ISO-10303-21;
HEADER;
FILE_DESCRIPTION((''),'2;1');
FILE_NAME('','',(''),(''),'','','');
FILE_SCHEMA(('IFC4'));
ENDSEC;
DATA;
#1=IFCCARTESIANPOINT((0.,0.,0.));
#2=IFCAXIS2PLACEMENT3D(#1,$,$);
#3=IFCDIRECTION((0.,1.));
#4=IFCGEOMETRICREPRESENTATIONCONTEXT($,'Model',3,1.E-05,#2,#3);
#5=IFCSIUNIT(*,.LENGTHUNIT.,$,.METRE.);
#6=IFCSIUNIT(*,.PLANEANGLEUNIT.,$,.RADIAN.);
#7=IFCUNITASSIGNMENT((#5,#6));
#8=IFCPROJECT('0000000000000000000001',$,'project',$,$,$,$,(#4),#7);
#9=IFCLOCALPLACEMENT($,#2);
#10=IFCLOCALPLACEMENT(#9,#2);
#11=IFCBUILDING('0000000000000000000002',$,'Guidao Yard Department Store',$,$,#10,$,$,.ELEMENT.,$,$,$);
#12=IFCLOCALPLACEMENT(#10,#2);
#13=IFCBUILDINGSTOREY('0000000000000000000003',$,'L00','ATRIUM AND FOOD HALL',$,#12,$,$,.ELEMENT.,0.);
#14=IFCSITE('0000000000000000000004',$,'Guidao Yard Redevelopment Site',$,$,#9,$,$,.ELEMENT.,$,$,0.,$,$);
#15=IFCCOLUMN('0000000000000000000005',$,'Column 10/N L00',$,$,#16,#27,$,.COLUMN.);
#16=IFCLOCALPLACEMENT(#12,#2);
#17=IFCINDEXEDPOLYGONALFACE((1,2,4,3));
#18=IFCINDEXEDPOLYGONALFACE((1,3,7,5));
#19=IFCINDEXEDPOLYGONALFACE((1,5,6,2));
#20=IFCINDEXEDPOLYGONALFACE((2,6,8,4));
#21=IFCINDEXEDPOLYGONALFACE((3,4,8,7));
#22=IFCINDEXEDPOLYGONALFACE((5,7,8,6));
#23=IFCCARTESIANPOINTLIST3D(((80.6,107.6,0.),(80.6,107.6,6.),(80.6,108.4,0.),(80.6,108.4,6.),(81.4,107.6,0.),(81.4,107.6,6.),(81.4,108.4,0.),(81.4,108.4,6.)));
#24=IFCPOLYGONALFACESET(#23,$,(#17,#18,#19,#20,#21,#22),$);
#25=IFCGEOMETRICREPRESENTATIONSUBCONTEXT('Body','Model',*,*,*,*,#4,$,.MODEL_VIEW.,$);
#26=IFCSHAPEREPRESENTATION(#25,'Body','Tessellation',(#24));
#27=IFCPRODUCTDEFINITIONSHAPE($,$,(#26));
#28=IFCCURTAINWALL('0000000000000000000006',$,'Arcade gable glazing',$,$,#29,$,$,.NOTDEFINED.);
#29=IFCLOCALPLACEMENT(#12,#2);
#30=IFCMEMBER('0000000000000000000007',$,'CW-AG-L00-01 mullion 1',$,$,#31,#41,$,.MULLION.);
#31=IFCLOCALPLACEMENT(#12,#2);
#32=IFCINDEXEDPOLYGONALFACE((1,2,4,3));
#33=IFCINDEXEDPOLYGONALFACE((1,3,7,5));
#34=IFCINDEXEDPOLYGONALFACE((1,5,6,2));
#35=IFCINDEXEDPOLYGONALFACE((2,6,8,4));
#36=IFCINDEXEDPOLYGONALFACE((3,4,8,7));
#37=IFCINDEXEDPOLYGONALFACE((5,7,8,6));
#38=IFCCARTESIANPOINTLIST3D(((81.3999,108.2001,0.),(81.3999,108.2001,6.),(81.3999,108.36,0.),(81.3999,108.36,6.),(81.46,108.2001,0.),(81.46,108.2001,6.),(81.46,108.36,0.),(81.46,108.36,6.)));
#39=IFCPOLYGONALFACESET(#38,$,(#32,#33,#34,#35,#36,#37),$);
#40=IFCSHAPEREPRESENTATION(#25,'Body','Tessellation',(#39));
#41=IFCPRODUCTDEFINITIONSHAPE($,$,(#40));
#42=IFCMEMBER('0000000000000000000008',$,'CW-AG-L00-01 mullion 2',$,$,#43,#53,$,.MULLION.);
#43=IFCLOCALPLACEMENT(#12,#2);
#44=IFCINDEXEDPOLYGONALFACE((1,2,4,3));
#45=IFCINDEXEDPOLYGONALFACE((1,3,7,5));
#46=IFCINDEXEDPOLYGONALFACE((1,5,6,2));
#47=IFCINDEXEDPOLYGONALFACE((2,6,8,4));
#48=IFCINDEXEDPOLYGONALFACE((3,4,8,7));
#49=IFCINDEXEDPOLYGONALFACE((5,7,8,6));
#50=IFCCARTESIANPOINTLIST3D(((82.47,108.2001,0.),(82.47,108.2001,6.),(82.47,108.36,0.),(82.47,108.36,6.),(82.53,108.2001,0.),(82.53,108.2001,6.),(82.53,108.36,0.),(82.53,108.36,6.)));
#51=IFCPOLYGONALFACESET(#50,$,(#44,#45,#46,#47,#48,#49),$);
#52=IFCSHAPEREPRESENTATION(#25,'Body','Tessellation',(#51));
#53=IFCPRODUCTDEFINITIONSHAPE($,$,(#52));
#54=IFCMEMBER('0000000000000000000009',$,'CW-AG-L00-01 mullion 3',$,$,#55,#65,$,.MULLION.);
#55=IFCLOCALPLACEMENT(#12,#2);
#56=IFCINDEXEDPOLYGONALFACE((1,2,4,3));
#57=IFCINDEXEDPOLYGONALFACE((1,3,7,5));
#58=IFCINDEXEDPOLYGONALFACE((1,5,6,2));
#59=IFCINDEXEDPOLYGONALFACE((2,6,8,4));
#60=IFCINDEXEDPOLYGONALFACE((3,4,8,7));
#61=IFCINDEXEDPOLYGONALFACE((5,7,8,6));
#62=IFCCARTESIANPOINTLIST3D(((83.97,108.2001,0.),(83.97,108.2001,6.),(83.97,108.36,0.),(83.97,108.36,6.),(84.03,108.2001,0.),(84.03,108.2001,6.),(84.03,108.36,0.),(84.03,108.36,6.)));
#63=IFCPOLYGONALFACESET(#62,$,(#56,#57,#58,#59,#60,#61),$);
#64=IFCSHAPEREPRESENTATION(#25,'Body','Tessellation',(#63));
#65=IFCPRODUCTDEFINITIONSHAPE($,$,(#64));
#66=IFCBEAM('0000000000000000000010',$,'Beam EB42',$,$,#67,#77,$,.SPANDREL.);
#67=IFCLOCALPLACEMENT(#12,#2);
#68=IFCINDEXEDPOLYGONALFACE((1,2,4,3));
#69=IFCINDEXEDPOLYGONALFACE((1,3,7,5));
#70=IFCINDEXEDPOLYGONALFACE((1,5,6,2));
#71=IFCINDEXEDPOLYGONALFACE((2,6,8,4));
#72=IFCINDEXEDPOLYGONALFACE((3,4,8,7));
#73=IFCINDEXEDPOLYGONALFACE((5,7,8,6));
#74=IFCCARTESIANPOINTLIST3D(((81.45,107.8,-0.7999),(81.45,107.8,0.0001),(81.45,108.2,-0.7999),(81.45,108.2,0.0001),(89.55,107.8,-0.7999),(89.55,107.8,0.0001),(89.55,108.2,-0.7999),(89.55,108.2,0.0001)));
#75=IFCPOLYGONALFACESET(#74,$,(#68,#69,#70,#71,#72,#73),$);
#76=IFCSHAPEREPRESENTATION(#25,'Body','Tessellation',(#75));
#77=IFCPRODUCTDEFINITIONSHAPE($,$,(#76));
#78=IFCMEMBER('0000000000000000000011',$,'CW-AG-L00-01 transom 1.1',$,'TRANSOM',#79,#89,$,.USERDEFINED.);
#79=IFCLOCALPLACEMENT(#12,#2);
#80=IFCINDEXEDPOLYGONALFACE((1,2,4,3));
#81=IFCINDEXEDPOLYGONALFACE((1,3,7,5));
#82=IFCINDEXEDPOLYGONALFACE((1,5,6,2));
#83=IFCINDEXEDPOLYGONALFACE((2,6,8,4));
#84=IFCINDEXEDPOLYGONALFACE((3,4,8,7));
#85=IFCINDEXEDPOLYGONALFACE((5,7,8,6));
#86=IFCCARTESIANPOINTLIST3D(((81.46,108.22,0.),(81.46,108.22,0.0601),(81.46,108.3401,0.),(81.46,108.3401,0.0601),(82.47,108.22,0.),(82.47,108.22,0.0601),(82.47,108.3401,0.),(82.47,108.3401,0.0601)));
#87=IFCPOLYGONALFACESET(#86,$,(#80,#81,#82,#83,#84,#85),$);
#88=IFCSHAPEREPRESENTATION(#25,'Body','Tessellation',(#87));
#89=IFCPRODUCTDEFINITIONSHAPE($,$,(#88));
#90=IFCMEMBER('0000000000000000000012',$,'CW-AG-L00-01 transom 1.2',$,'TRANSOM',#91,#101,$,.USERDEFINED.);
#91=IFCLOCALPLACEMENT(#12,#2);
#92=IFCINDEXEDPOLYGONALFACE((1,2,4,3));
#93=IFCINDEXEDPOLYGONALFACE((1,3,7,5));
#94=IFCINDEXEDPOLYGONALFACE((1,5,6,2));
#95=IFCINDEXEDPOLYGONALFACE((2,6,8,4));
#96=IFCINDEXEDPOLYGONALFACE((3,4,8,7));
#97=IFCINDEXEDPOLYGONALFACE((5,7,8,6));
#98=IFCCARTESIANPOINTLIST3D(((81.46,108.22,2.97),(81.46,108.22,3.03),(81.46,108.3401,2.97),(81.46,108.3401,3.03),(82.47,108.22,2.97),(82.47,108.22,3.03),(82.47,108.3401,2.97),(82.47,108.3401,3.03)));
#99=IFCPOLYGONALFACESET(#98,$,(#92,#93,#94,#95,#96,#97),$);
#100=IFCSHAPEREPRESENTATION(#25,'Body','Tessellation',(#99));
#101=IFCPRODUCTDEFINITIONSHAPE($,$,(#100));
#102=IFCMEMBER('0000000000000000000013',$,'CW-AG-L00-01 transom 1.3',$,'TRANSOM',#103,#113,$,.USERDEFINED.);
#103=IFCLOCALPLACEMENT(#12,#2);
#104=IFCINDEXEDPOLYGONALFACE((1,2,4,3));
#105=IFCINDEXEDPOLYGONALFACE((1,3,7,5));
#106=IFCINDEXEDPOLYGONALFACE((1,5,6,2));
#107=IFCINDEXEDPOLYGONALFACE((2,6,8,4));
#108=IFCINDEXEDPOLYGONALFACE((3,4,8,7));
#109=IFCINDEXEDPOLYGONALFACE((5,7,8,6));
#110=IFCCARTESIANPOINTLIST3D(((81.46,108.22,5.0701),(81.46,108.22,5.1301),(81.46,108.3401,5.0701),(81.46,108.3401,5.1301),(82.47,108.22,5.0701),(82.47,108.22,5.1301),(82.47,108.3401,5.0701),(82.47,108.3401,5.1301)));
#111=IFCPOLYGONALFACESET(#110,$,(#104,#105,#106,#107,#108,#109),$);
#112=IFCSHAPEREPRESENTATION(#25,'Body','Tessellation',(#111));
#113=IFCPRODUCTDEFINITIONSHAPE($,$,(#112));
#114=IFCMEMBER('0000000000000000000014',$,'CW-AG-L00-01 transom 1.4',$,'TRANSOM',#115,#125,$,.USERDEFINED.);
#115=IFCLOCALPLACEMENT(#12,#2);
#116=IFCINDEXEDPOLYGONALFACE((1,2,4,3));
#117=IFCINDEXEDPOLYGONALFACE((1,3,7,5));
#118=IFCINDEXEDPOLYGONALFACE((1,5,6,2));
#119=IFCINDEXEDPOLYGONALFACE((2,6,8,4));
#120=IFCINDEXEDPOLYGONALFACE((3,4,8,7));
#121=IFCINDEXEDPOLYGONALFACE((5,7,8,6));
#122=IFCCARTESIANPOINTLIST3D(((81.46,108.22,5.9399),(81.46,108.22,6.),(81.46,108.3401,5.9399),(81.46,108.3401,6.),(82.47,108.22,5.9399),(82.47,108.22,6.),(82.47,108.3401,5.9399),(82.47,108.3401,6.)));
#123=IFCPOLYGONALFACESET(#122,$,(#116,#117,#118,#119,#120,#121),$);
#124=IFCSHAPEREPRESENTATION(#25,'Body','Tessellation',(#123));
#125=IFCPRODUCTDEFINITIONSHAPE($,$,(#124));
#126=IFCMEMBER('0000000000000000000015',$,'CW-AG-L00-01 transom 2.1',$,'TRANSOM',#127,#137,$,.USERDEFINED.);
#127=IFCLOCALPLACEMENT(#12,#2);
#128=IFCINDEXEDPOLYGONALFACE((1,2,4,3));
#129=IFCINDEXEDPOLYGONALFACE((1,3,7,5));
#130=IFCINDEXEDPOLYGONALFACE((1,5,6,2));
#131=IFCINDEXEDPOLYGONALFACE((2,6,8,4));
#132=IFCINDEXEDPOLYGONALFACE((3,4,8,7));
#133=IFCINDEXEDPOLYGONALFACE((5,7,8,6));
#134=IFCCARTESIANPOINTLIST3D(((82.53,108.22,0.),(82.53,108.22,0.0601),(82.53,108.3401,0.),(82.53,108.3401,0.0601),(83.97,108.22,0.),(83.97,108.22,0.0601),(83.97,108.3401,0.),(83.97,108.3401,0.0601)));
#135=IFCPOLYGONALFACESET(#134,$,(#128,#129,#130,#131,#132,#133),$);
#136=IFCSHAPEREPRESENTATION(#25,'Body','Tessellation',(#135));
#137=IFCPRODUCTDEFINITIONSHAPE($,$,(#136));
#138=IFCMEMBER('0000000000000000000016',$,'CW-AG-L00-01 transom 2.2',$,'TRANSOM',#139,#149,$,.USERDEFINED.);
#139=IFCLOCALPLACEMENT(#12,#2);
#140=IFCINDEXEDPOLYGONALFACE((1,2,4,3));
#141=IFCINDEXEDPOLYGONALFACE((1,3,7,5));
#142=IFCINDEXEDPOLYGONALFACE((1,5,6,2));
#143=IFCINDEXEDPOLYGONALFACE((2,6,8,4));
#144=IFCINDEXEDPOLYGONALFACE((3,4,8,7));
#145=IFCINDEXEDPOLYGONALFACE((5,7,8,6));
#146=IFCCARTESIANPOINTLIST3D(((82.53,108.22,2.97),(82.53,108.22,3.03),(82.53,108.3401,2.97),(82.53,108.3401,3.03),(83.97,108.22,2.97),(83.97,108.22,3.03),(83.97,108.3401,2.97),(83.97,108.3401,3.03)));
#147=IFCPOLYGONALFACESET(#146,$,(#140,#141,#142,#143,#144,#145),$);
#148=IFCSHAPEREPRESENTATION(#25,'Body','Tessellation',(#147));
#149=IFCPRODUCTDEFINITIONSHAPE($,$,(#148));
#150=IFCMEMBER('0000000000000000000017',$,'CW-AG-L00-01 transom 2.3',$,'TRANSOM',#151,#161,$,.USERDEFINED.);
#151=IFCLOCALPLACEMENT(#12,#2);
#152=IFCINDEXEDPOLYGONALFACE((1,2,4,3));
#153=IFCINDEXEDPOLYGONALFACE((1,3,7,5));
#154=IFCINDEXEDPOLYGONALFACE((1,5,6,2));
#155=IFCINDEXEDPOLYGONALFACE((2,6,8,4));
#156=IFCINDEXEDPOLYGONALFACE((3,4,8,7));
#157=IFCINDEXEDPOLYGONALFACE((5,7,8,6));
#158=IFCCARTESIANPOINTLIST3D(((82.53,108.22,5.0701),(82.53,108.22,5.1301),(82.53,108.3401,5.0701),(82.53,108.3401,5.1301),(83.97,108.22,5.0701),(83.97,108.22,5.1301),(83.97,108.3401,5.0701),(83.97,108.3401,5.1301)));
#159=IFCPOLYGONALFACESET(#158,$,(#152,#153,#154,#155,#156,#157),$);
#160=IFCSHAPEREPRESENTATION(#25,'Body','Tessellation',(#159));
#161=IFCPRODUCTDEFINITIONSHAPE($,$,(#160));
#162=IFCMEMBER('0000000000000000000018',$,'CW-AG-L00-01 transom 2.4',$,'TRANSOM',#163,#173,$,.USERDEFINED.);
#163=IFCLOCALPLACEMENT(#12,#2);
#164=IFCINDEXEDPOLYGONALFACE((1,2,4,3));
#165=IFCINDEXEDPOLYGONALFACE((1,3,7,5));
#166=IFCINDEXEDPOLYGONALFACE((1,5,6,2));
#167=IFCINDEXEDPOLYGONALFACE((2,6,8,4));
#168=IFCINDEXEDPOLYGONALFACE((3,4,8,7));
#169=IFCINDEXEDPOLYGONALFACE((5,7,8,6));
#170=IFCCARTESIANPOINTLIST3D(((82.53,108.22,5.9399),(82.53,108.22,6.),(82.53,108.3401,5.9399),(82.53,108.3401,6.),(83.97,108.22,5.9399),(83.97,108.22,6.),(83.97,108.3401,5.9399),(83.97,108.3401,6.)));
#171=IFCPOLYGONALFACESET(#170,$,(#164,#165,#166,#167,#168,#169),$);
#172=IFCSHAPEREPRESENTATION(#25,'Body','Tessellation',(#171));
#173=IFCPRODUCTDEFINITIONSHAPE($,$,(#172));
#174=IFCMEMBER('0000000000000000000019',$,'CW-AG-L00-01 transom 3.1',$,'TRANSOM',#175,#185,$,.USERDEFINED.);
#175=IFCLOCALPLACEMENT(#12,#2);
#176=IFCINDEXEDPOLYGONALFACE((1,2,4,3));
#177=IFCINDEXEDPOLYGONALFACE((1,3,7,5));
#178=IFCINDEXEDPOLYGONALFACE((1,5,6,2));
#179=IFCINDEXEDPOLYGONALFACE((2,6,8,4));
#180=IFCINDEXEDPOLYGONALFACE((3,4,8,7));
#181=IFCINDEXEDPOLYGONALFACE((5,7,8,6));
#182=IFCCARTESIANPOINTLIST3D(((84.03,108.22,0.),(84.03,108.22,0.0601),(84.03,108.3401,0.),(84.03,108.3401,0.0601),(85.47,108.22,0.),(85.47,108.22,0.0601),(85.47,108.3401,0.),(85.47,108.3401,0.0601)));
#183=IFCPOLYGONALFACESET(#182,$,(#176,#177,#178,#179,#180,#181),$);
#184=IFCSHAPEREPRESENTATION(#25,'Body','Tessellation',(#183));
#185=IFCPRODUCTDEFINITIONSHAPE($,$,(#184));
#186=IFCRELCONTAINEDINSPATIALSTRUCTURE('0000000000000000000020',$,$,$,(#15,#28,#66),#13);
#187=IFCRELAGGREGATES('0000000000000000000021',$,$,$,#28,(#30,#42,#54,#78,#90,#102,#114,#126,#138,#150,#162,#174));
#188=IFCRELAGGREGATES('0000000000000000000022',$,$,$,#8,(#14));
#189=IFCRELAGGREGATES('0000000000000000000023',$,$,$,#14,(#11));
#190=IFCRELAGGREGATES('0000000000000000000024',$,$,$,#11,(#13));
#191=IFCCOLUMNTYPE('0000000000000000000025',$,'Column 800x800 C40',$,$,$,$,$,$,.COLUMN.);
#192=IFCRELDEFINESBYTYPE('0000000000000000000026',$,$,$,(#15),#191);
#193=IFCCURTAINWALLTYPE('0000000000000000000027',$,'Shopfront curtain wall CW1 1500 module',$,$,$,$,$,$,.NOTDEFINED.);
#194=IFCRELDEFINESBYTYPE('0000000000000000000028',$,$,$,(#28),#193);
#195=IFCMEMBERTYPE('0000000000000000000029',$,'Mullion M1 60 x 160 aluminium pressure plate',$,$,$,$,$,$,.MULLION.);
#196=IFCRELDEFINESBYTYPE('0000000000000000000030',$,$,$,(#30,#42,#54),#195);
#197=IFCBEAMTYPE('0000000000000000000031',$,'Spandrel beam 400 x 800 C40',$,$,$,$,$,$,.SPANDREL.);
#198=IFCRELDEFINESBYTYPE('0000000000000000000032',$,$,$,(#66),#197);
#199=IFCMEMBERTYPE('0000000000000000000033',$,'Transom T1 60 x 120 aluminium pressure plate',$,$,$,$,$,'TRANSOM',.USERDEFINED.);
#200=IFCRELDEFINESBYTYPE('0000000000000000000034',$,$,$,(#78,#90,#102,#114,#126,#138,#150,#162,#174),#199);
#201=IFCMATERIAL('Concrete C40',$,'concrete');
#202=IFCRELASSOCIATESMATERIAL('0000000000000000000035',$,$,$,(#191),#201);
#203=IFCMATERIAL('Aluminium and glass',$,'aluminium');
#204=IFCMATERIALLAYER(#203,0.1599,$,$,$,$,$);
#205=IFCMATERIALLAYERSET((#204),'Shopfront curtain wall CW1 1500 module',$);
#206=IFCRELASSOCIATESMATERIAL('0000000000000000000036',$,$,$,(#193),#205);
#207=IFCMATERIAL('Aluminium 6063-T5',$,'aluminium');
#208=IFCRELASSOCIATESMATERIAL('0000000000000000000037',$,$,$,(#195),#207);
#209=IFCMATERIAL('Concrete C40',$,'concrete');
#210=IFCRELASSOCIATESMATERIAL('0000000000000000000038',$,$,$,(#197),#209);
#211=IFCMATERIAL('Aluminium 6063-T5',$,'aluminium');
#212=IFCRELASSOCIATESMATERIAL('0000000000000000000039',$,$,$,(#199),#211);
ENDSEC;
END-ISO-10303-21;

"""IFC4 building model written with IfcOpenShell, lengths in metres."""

from ifc_helpers import new_model, si_unit, direction, frame, origin, origin_2d, place, context, subcontext, project, spatial, rectangle, extrude, material, layer, layer_set, material_profile, profile_set, type_object, element, aggregate, save


model = new_model("IFC4")

# Units and contexts
model_context = context("Model", 3, precision=1e-05, world=origin(), true_north=direction((0.0, 1.0)))
body_context = subcontext(model_context, "Body", "Model", "MODEL_VIEW")
ifc_project = project(units=[si_unit("LENGTHUNIT", "METRE"), si_unit("PLANEANGLEUNIT", "RADIAN")], contexts=[model_context])

# Site, building, storey
site_placement = place(None, origin())
site = spatial("IfcSite", under=ifc_project, at=site_placement, Name="Guidao Yard Redevelopment Site", CompositionType="ELEMENT", RefElevation=0.0)
building_placement = place(site_placement, origin())
building = spatial("IfcBuilding", under=site, at=building_placement, Name="Guidao Yard Department Store", CompositionType="ELEMENT")
storey_placement = place(building_placement, origin())
storey = spatial("IfcBuildingStorey", under=building, at=storey_placement, Name="L00", Description="ATRIUM AND FOOD HALL", CompositionType="ELEMENT", Elevation=0.0)

# Column
ifc_material_1 = material(Name="Concrete C40", Category="concrete")
ifc_material_profile_1 = material_profile(ifc_material_1, rectangle(XDim=0.8, YDim=0.8, at=origin_2d()), Name="COL 800x800")
ifc_profile_set_1 = profile_set([ifc_material_profile_1], Name="Concrete C40")
column_type = type_object("IfcColumnType", Name="Column 800x800 C40", PredefinedType="COLUMN", material=ifc_profile_set_1)
column_placement = place(storey_placement, frame((81.0, 108.0, 0.0), z_axis=(0.0, 0.0, 1.0), x_axis=(1.0, 0.0, 0.0)))
element("IfcColumn", 1, at=column_placement, inside=storey, type_object=column_type, Name="Column 10/N L00", PredefinedType="COLUMN", context=body_context, shape_type="SweptSolid", body=[
    extrude(rectangle(XDim=0.8, YDim=0.8, at=origin_2d()), origin(), (0.0, 0.0, 1.0), 6.0),
])

# Curtain wall, members
ifc_material_2 = material(Name="Aluminium and glass", Category="aluminium")
ifc_layer_1 = layer(ifc_material_2, 0.1599)
ifc_layer_set_1 = layer_set([ifc_layer_1], Name="Shopfront curtain wall CW1 1500 module")
curtain_wall_type = type_object("IfcCurtainWallType", Name="Shopfront curtain wall CW1 1500 module", PredefinedType="NOTDEFINED", material=ifc_layer_set_1)
curtain_wall_placement = place(storey_placement, origin())
curtain_wall = element("IfcCurtainWall", 2, at=curtain_wall_placement, inside=storey, type_object=curtain_wall_type, Name="Arcade gable glazing", PredefinedType="NOTDEFINED")
ifc_material_3 = material(Name="Aluminium 6063-T5", Category="aluminium")
ifc_material_profile_2 = material_profile(ifc_material_3, rectangle(XDim=0.0601, YDim=0.1599, at=origin_2d()), Name="Mullion M1 60 x 160 aluminium pressure plate")
ifc_profile_set_2 = profile_set([ifc_material_profile_2], Name="Aluminium 6063-T5")
member_type_1 = type_object("IfcMemberType", Name="Mullion M1 60 x 160 aluminium pressure plate", PredefinedType="MULLION", material=ifc_profile_set_2)
member_1_placement = place(storey_placement, frame((81.4299, 108.28, 0.0), z_axis=(0.0, 0.0, 1.0), x_axis=(1.0, 0.0, 0.0)))
member_1 = element("IfcMember", 3, at=member_1_placement, type_object=member_type_1, Name="CW-AG-L00-01 mullion 1", PredefinedType="MULLION", context=body_context, shape_type="SweptSolid", body=[
    extrude(rectangle(XDim=0.0601, YDim=0.1599, at=origin_2d()), origin(), (0.0, 0.0, 1.0), 6.0),
])
member_2_placement = place(storey_placement, frame((82.5, 108.28, 0.0), z_axis=(0.0, 0.0, 1.0), x_axis=(1.0, 0.0, 0.0)))
member_2 = element("IfcMember", 4, at=member_2_placement, type_object=member_type_1, Name="CW-AG-L00-01 mullion 2", PredefinedType="MULLION", context=body_context, shape_type="SweptSolid", body=[
    extrude(rectangle(XDim=0.0601, YDim=0.1599, at=origin_2d()), origin(), (0.0, 0.0, 1.0), 6.0),
])
member_3_placement = place(storey_placement, frame((84.0, 108.28, 0.0), z_axis=(0.0, 0.0, 1.0), x_axis=(1.0, 0.0, 0.0)))
member_3 = element("IfcMember", 5, at=member_3_placement, type_object=member_type_1, Name="CW-AG-L00-01 mullion 3", PredefinedType="MULLION", context=body_context, shape_type="SweptSolid", body=[
    extrude(rectangle(XDim=0.0601, YDim=0.1599, at=origin_2d()), origin(), (0.0, 0.0, 1.0), 6.0),
])

# Beam
ifc_material_4 = material(Name="Concrete C40", Category="concrete")
ifc_material_profile_3 = material_profile(ifc_material_4, rectangle(XDim=0.3999, YDim=0.8, at=origin_2d()), Name="Spandrel beam 400 x 800 C40")
ifc_profile_set_3 = profile_set([ifc_material_profile_3], Name="Concrete C40")
beam_type = type_object("IfcBeamType", Name="Spandrel beam 400 x 800 C40", PredefinedType="SPANDREL", material=ifc_profile_set_3)
beam_placement = place(storey_placement, frame((81.45, 108.0, -0.3999), z_axis=(1.0, 0.0, 0.0), x_axis=(0.0, 1.0, 0.0)))
element("IfcBeam", 6, at=beam_placement, inside=storey, type_object=beam_type, Name="Beam EB42", PredefinedType="SPANDREL", context=body_context, shape_type="SweptSolid", body=[
    extrude(rectangle(XDim=0.3999, YDim=0.8, at=origin_2d()), origin(), (0.0, 0.0, 1.0), 8.1001),
])

# Members
ifc_material_5 = material(Name="Aluminium 6063-T5", Category="aluminium")
ifc_material_profile_4 = material_profile(ifc_material_5, rectangle(XDim=0.1201, YDim=0.0601, at=origin_2d()), Name="Transom T1 60 x 120 aluminium pressure plate")
ifc_profile_set_4 = profile_set([ifc_material_profile_4], Name="Aluminium 6063-T5")
member_type_2 = type_object("IfcMemberType", Name="Transom T1 60 x 120 aluminium pressure plate", ElementType="TRANSOM", PredefinedType="USERDEFINED", material=ifc_profile_set_4)
member_4_placement = place(storey_placement, frame((81.46, 108.28, 0.03), z_axis=(1.0, 0.0, 0.0), x_axis=(0.0, 1.0, 0.0)))
member_4 = element("IfcMember", 7, at=member_4_placement, type_object=member_type_2, Name="CW-AG-L00-01 transom 1.1", ObjectType="TRANSOM", PredefinedType="USERDEFINED", context=body_context, shape_type="SweptSolid", body=[
    extrude(rectangle(XDim=0.1201, YDim=0.0601, at=origin_2d()), origin(), (0.0, 0.0, 1.0), 1.01),
])
member_5_placement = place(storey_placement, frame((81.46, 108.28, 3.0), z_axis=(1.0, 0.0, 0.0), x_axis=(0.0, 1.0, 0.0)))
member_5 = element("IfcMember", 8, at=member_5_placement, type_object=member_type_2, Name="CW-AG-L00-01 transom 1.2", ObjectType="TRANSOM", PredefinedType="USERDEFINED", context=body_context, shape_type="SweptSolid", body=[
    extrude(rectangle(XDim=0.1201, YDim=0.0601, at=origin_2d()), origin(), (0.0, 0.0, 1.0), 1.01),
])
member_6_placement = place(storey_placement, frame((81.46, 108.28, 5.1001), z_axis=(1.0, 0.0, 0.0), x_axis=(0.0, 1.0, 0.0)))
member_6 = element("IfcMember", 9, at=member_6_placement, type_object=member_type_2, Name="CW-AG-L00-01 transom 1.3", ObjectType="TRANSOM", PredefinedType="USERDEFINED", context=body_context, shape_type="SweptSolid", body=[
    extrude(rectangle(XDim=0.1201, YDim=0.0601, at=origin_2d()), origin(), (0.0, 0.0, 1.0), 1.01),
])
member_7_placement = place(storey_placement, frame((81.46, 108.28, 5.97), z_axis=(1.0, 0.0, 0.0), x_axis=(0.0, 1.0, 0.0)))
member_7 = element("IfcMember", 10, at=member_7_placement, type_object=member_type_2, Name="CW-AG-L00-01 transom 1.4", ObjectType="TRANSOM", PredefinedType="USERDEFINED", context=body_context, shape_type="SweptSolid", body=[
    extrude(rectangle(XDim=0.1201, YDim=0.0601, at=origin_2d()), origin(), (0.0, 0.0, 1.0), 1.01),
])
member_8_placement = place(storey_placement, frame((82.53, 108.28, 0.03), z_axis=(1.0, 0.0, 0.0), x_axis=(0.0, 1.0, 0.0)))
member_8 = element("IfcMember", 11, at=member_8_placement, type_object=member_type_2, Name="CW-AG-L00-01 transom 2.1", ObjectType="TRANSOM", PredefinedType="USERDEFINED", context=body_context, shape_type="SweptSolid", body=[
    extrude(rectangle(XDim=0.1201, YDim=0.0601, at=origin_2d()), origin(), (0.0, 0.0, 1.0), 1.4399),
])
member_9_placement = place(storey_placement, frame((82.53, 108.28, 3.0), z_axis=(1.0, 0.0, 0.0), x_axis=(0.0, 1.0, 0.0)))
member_9 = element("IfcMember", 12, at=member_9_placement, type_object=member_type_2, Name="CW-AG-L00-01 transom 2.2", ObjectType="TRANSOM", PredefinedType="USERDEFINED", context=body_context, shape_type="SweptSolid", body=[
    extrude(rectangle(XDim=0.1201, YDim=0.0601, at=origin_2d()), origin(), (0.0, 0.0, 1.0), 1.4399),
])
member_10_placement = place(storey_placement, frame((82.53, 108.28, 5.1001), z_axis=(1.0, 0.0, 0.0), x_axis=(0.0, 1.0, 0.0)))
member_10 = element("IfcMember", 13, at=member_10_placement, type_object=member_type_2, Name="CW-AG-L00-01 transom 2.3", ObjectType="TRANSOM", PredefinedType="USERDEFINED", context=body_context, shape_type="SweptSolid", body=[
    extrude(rectangle(XDim=0.1201, YDim=0.0601, at=origin_2d()), origin(), (0.0, 0.0, 1.0), 1.4399),
])
member_11_placement = place(storey_placement, frame((82.53, 108.28, 5.97), z_axis=(1.0, 0.0, 0.0), x_axis=(0.0, 1.0, 0.0)))
member_11 = element("IfcMember", 14, at=member_11_placement, type_object=member_type_2, Name="CW-AG-L00-01 transom 2.4", ObjectType="TRANSOM", PredefinedType="USERDEFINED", context=body_context, shape_type="SweptSolid", body=[
    extrude(rectangle(XDim=0.1201, YDim=0.0601, at=origin_2d()), origin(), (0.0, 0.0, 1.0), 1.4399),
])
member_12_placement = place(storey_placement, frame((84.03, 108.28, 0.03), z_axis=(1.0, 0.0, 0.0), x_axis=(0.0, 1.0, 0.0)))
member_12 = element("IfcMember", 15, at=member_12_placement, type_object=member_type_2, Name="CW-AG-L00-01 transom 3.1", ObjectType="TRANSOM", PredefinedType="USERDEFINED", context=body_context, shape_type="SweptSolid", body=[
    extrude(rectangle(XDim=0.1201, YDim=0.0601, at=origin_2d()), origin(), (0.0, 0.0, 1.0), 1.4399),
])

aggregate(curtain_wall, [member_1, member_2, member_3, member_4, member_5, member_6, member_7, member_8, member_9, member_10, member_11, member_12])

save(model, "model.ifc")
